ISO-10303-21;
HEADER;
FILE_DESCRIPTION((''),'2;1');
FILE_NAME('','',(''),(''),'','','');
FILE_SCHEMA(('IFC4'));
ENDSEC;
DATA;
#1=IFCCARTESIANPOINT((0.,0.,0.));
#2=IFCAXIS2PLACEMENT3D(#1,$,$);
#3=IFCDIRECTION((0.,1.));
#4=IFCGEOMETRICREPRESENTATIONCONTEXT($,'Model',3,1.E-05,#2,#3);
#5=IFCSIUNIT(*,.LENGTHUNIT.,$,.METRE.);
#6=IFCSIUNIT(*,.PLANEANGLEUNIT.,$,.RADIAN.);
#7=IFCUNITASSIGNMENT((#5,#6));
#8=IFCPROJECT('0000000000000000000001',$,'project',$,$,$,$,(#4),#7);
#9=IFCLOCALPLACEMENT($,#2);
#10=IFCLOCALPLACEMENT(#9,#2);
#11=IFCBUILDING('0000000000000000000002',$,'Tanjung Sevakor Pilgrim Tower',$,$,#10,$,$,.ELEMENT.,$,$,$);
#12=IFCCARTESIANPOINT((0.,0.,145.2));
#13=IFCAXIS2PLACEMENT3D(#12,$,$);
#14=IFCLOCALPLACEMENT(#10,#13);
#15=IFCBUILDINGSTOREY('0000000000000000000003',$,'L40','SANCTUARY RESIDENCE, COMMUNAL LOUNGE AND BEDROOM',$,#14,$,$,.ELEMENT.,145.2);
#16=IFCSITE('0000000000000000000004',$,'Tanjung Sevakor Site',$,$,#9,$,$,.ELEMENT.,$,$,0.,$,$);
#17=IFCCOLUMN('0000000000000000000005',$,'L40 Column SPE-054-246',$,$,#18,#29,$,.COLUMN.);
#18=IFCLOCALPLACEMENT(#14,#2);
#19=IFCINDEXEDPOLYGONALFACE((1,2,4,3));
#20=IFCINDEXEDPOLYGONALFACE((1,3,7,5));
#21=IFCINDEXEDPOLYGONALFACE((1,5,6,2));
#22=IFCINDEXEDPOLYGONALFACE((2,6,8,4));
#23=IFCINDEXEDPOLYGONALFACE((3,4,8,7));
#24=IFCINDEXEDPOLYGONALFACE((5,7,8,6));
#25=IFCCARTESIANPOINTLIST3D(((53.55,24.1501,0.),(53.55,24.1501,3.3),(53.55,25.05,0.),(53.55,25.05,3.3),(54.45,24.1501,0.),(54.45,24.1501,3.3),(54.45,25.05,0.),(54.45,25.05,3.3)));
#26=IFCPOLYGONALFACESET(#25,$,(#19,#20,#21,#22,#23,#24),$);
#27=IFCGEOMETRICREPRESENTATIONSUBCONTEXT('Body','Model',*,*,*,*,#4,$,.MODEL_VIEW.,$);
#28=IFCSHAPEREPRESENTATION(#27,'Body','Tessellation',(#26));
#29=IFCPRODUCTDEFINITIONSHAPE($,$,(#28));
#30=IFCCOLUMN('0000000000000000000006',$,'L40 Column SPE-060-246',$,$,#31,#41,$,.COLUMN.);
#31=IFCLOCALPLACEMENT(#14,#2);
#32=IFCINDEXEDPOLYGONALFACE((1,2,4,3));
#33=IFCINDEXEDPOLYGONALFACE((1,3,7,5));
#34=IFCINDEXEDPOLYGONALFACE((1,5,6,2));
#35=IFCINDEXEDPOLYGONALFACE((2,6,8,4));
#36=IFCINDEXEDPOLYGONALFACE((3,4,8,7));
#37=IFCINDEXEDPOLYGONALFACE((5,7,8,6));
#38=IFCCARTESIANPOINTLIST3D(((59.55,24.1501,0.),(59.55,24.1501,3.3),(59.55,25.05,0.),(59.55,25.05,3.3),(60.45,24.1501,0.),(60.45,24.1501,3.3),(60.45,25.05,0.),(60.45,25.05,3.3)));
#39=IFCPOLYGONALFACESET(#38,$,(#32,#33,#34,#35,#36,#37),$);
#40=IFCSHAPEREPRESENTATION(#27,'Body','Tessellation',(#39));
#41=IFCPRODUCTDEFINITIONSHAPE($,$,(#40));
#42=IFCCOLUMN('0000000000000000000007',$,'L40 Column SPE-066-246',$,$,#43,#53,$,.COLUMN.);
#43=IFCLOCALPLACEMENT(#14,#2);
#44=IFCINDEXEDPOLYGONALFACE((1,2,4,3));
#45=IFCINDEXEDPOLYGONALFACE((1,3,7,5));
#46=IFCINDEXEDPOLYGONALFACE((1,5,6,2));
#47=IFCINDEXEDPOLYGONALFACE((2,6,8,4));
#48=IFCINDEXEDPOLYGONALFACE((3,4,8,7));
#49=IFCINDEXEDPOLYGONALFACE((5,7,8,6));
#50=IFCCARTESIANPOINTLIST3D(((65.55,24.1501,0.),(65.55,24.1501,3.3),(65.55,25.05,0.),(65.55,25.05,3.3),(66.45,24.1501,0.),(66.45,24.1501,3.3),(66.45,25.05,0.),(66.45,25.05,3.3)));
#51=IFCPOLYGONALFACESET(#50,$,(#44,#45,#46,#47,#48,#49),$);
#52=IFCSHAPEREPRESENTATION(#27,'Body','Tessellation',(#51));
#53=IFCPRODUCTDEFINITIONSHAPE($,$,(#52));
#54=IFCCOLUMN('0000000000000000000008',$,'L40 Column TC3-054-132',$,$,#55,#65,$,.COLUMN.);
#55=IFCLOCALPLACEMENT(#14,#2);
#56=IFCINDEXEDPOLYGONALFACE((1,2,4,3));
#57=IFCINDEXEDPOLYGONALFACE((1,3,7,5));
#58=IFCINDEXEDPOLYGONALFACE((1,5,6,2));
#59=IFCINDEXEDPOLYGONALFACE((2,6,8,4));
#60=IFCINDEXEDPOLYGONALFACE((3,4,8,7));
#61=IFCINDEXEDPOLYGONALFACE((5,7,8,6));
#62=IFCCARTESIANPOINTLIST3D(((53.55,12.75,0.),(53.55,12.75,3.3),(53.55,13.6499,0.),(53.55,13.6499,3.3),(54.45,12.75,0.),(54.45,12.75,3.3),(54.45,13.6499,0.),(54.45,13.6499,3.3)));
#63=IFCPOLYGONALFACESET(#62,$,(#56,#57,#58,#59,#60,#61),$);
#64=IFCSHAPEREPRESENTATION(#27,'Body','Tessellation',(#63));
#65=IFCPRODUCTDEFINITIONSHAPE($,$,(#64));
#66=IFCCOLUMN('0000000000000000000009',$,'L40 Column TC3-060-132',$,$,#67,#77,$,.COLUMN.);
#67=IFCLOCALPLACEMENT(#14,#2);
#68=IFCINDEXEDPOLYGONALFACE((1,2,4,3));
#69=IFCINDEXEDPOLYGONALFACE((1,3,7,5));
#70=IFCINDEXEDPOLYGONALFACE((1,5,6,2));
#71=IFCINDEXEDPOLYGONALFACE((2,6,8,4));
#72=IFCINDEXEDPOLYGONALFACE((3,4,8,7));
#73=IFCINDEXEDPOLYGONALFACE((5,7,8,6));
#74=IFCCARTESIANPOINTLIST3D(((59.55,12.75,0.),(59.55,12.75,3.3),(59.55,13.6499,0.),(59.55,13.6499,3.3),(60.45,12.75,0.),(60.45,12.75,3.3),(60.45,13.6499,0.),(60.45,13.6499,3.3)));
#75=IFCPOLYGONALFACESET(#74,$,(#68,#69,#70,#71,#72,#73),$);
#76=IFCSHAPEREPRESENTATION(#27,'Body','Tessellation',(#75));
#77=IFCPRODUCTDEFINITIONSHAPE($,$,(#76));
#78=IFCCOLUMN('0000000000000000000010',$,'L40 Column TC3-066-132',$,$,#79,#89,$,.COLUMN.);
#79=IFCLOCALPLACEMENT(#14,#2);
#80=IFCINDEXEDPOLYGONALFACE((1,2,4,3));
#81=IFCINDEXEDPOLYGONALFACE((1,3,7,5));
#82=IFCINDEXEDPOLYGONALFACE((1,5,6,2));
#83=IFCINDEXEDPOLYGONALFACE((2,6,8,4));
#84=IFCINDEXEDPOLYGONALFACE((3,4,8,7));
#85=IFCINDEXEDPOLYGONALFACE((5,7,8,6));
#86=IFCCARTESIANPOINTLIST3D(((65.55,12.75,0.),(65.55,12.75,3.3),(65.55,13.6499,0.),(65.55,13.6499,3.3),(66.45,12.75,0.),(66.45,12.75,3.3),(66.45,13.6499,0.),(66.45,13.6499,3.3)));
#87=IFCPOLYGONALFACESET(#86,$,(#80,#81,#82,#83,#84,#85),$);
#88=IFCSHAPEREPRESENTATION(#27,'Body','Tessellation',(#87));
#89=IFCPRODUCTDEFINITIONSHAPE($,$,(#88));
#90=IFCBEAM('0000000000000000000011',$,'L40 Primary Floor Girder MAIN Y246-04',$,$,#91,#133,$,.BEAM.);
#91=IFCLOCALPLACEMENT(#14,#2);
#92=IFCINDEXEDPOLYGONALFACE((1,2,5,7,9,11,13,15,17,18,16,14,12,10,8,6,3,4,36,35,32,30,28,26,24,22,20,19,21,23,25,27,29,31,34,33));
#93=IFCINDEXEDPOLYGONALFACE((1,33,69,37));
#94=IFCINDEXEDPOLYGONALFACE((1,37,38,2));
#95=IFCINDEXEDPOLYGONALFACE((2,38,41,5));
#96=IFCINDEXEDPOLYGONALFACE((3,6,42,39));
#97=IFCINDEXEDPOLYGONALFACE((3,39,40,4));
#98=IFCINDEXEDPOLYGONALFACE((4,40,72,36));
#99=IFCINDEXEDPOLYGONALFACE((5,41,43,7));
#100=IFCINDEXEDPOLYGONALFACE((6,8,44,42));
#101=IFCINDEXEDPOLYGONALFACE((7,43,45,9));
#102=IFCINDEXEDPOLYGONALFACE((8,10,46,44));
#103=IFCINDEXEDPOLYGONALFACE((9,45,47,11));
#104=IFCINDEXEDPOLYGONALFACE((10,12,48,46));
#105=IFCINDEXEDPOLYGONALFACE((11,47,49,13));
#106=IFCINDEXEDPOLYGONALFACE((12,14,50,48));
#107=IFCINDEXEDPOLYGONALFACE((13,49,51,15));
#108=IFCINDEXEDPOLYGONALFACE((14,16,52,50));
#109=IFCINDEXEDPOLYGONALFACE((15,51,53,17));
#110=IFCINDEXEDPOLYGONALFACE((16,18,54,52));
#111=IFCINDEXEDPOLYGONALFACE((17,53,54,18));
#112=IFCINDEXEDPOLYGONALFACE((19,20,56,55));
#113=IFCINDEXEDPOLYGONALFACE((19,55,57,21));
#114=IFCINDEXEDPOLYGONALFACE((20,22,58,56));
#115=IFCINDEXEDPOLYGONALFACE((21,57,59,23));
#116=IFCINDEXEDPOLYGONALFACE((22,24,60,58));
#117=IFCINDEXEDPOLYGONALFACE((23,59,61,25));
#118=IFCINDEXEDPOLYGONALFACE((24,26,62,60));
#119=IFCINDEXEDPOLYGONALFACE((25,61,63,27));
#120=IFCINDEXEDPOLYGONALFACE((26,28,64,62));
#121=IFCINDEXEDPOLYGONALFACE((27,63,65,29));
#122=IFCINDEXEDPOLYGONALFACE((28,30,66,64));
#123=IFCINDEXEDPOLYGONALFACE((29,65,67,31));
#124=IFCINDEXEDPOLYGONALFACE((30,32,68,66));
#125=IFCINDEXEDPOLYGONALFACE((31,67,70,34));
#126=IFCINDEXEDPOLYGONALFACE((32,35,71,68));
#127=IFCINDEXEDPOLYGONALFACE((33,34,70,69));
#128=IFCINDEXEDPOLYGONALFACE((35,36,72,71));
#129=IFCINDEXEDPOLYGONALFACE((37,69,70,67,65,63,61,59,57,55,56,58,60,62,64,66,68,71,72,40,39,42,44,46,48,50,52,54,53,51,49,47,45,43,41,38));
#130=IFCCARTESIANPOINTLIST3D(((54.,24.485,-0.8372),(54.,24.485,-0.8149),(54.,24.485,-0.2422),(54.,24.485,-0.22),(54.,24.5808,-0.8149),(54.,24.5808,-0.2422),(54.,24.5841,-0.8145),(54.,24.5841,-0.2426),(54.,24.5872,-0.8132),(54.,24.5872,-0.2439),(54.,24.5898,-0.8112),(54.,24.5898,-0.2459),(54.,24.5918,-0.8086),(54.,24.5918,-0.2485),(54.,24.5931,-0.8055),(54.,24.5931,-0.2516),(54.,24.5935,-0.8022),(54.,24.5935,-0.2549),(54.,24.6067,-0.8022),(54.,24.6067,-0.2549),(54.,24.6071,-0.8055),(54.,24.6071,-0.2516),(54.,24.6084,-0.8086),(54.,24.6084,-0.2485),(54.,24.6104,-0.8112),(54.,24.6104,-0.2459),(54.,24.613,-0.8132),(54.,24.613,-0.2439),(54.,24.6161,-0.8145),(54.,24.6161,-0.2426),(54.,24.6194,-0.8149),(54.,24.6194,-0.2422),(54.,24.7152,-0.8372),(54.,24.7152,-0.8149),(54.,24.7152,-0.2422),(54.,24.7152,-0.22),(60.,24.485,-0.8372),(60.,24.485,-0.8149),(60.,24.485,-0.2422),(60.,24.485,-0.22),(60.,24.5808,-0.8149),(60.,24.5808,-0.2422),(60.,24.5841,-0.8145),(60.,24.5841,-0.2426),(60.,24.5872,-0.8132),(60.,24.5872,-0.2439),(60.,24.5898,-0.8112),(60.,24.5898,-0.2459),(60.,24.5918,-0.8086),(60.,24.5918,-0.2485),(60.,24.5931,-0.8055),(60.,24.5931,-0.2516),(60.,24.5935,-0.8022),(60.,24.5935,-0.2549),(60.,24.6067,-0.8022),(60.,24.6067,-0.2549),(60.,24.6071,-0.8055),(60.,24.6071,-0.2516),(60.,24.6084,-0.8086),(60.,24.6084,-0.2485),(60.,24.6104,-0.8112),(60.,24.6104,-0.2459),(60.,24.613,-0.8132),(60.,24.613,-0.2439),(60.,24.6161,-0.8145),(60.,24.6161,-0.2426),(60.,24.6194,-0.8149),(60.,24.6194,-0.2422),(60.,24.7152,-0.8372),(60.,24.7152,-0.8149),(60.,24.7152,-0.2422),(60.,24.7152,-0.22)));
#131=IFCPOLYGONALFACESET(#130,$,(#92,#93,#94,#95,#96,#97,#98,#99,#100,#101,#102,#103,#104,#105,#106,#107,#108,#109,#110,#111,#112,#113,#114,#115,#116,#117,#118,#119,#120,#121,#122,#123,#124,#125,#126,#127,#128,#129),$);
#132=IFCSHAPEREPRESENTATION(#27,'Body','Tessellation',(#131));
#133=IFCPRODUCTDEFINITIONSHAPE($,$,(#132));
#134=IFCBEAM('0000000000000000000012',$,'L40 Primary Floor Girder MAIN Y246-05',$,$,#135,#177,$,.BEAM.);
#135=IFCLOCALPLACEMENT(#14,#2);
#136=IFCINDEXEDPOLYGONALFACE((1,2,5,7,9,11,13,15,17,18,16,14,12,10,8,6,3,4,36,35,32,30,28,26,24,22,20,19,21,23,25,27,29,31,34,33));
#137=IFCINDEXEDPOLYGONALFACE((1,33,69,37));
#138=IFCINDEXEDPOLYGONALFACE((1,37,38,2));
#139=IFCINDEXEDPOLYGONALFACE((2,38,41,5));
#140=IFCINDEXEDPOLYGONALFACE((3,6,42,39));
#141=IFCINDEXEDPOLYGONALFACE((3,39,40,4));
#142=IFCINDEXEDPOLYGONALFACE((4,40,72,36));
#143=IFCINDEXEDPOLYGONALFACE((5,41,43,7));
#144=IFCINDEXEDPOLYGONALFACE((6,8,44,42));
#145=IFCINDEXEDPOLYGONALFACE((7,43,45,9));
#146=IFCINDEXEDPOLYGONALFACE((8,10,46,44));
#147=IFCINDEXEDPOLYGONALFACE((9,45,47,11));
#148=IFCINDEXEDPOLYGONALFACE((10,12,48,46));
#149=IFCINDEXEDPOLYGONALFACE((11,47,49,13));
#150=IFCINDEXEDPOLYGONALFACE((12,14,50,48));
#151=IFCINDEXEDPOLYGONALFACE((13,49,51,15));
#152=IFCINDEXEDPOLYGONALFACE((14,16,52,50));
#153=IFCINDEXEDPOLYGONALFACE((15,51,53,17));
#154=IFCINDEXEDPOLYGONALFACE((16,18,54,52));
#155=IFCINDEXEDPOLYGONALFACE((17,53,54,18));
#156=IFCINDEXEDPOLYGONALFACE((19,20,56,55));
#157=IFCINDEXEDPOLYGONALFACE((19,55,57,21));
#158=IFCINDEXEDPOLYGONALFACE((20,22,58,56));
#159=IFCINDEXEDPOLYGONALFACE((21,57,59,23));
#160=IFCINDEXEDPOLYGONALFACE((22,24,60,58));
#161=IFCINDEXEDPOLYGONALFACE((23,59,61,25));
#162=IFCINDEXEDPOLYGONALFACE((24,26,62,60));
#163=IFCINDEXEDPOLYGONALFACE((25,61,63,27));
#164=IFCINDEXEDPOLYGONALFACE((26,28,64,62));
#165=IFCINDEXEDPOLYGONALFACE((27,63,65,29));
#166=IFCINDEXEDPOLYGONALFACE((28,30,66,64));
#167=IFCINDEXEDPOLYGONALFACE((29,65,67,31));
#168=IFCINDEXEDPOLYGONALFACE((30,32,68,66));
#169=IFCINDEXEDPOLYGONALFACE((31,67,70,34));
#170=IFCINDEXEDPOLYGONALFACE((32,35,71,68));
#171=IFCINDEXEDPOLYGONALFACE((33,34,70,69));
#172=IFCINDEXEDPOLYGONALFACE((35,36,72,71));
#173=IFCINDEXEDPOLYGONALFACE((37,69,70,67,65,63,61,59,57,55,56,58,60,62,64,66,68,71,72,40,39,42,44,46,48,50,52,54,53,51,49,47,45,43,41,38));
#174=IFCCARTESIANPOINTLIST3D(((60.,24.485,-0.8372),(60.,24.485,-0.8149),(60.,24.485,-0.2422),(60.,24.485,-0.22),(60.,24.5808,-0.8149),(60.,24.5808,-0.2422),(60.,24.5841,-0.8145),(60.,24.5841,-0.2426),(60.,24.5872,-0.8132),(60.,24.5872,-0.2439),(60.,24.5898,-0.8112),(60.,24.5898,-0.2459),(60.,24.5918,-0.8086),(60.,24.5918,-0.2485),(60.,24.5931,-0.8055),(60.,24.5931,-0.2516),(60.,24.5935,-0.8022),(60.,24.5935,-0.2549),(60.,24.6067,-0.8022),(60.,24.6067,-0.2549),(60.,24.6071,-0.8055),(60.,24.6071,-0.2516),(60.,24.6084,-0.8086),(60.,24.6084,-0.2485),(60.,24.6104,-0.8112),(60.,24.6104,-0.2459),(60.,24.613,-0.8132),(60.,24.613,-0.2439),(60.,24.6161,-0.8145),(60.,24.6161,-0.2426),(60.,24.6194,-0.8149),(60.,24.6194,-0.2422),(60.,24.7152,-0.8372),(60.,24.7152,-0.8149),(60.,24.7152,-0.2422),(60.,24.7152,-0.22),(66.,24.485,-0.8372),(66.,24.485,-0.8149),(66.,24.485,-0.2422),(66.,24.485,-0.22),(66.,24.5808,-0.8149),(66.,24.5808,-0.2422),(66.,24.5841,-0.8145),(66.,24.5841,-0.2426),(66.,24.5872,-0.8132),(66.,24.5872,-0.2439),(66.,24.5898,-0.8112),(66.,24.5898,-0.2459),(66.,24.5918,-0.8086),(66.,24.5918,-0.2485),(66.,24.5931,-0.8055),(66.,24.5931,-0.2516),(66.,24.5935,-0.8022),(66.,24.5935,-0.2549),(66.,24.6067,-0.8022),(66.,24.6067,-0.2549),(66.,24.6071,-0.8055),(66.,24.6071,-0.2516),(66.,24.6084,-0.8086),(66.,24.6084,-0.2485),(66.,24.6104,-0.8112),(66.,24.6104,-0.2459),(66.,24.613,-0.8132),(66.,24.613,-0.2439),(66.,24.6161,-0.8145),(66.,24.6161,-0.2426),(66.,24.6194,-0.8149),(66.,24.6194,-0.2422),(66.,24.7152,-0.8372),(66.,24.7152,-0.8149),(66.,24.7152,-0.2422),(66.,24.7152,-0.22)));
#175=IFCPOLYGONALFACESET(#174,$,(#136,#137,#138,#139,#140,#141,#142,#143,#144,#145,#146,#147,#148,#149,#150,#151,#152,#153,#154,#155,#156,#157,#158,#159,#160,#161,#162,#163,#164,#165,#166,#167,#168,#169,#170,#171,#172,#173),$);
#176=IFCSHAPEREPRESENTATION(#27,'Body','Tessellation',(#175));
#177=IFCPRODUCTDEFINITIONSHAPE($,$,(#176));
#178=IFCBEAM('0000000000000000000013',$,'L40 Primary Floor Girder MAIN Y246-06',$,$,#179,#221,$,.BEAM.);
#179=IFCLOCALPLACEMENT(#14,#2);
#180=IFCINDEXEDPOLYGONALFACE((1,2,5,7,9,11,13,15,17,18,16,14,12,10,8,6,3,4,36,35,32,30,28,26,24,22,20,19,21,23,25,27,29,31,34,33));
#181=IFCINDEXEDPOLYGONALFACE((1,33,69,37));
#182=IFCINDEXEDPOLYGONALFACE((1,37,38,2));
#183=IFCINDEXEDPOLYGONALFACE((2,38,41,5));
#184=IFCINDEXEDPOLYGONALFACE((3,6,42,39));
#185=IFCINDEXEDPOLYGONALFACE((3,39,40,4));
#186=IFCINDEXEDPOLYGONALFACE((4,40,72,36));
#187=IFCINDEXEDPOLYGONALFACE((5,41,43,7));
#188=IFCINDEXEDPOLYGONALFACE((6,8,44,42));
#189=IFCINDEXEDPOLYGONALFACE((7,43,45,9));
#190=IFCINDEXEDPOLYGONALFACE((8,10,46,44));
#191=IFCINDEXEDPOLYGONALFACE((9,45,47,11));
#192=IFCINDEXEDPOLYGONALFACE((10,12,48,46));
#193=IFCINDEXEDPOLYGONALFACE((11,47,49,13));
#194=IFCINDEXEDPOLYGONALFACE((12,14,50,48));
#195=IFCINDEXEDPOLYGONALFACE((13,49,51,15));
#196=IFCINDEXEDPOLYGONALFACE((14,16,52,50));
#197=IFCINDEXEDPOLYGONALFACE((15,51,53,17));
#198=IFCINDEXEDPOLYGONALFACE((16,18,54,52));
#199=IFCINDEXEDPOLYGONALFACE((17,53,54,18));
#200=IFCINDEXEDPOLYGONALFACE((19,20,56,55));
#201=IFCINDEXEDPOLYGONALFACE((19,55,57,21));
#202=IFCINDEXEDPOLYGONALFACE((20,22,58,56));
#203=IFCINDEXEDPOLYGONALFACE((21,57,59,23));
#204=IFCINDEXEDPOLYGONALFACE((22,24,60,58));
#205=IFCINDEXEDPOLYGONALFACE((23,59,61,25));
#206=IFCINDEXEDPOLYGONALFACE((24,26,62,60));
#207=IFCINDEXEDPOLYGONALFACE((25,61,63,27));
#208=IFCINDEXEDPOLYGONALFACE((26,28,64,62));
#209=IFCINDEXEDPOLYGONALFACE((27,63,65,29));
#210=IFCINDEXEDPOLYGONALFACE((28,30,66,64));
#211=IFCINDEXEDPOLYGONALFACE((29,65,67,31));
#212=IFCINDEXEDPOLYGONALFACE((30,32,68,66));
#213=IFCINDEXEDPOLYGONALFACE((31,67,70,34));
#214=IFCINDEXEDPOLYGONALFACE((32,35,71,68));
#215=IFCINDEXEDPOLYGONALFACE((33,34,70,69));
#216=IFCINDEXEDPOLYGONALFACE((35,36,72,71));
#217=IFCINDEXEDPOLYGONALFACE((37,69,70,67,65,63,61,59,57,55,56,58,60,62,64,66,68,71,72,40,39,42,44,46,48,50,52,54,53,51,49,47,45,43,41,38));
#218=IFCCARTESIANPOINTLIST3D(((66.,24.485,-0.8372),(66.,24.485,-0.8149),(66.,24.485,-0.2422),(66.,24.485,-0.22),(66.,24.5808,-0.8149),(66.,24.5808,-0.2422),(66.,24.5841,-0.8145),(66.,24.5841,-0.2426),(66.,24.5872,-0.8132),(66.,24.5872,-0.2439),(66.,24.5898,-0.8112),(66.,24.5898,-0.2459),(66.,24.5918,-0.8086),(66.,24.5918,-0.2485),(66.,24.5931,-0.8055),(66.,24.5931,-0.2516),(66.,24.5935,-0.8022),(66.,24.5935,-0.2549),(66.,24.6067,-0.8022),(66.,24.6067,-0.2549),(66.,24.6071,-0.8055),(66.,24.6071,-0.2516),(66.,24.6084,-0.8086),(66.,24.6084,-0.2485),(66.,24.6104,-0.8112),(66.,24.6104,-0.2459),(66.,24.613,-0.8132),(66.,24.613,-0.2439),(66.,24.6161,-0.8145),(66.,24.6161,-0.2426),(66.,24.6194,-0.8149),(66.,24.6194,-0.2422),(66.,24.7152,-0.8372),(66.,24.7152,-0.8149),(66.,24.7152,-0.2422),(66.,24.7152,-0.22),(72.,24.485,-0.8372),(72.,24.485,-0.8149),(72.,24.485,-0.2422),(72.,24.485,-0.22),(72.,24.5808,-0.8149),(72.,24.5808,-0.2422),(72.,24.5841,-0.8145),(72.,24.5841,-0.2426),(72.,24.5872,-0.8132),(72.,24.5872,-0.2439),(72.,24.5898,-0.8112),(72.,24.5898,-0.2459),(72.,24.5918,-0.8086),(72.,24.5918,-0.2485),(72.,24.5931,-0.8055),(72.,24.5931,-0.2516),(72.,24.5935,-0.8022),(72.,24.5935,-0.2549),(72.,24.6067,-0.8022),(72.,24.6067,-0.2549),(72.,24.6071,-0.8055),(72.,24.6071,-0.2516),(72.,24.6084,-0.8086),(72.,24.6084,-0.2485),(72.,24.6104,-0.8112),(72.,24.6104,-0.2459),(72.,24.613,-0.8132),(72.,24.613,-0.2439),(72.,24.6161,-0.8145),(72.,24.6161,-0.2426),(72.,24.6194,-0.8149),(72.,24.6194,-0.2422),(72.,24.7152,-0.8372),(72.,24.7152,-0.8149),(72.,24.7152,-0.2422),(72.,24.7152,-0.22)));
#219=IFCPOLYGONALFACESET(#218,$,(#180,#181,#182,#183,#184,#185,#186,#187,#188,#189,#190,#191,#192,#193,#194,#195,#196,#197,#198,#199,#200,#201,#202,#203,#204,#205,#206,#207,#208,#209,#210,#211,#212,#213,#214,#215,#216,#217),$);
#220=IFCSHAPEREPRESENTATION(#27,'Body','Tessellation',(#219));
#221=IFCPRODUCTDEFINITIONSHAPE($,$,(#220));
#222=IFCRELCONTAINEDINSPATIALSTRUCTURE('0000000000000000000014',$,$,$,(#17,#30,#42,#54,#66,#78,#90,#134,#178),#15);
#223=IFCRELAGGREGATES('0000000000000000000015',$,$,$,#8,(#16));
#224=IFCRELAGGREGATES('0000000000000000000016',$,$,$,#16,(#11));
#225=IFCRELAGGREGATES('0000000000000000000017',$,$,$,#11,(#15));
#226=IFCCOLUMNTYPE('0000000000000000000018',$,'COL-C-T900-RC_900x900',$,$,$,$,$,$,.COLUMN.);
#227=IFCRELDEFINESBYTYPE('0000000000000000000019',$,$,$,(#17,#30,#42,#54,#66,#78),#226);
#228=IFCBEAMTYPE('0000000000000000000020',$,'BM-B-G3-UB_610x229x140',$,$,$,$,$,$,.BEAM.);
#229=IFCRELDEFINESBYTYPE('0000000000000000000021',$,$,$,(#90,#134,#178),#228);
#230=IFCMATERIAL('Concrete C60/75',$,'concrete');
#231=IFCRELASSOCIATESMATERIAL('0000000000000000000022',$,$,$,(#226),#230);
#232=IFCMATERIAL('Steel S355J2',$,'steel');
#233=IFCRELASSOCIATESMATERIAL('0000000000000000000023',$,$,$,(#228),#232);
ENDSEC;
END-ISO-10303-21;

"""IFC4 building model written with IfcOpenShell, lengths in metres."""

from ifc_helpers import new_model, si_unit, direction, frame, origin, origin_2d, place, context, subcontext, project, spatial, rectangle, i_section, extrude, material, material_profile, profile_set, type_object, element, save


model = new_model("IFC4")

# Units and contexts
model_context = context("Model", 3, precision=1e-05, world=origin(), true_north=direction((0.0, 1.0)))
body_context = subcontext(model_context, "Body", "Model", "MODEL_VIEW")
ifc_project = project(units=[si_unit("LENGTHUNIT", "METRE"), si_unit("PLANEANGLEUNIT", "RADIAN")], contexts=[model_context])

# Site, building, storey
site_placement = place(None, origin())
site = spatial("IfcSite", under=ifc_project, at=site_placement, Name="Tanjung Sevakor Site", CompositionType="ELEMENT", RefElevation=0.0)
building_placement = place(site_placement, origin())
building = spatial("IfcBuilding", under=site, at=building_placement, Name="Tanjung Sevakor Pilgrim Tower", CompositionType="ELEMENT")
storey_placement = place(building_placement, frame((0.0, 0.0, 145.2)))
storey = spatial("IfcBuildingStorey", under=building, at=storey_placement, Name="L40", Description="SANCTUARY RESIDENCE, COMMUNAL LOUNGE AND BEDROOM", CompositionType="ELEMENT", Elevation=145.2)

# Columns
ifc_material_1 = material(Name="Concrete C60/75", Category="concrete")
ifc_material_profile_1 = material_profile(ifc_material_1, rectangle(XDim=0.8999, YDim=0.8999, at=origin_2d()))
ifc_profile_set_1 = profile_set([ifc_material_profile_1], Name="Concrete C60/75")
column_type = type_object("IfcColumnType", Name="COL-C-T900-RC_900x900", PredefinedType="COLUMN", material=ifc_profile_set_1)
for number, where, z_axis, x_axis, name in (
    (1, (54.0, 24.6001, 0.0), (0.0, 0.0, 1.0), (1.0, 0.0, 0.0), "L40 Column SPE-054-246"),
    (2, (60.0, 24.6001, 0.0), (0.0, 0.0, 1.0), (1.0, 0.0, 0.0), "L40 Column SPE-060-246"),
    (3, (66.0, 24.6001, 0.0), (0.0, 0.0, 1.0), (1.0, 0.0, 0.0), "L40 Column SPE-066-246"),
    (4, (54.0, 13.2, 0.0), (0.0, 0.0, 1.0), (1.0, 0.0, 0.0), "L40 Column TC3-054-132"),
    (5, (60.0, 13.2, 0.0), (0.0, 0.0, 1.0), (1.0, 0.0, 0.0), "L40 Column TC3-060-132"),
    (6, (66.0, 13.2, 0.0), (0.0, 0.0, 1.0), (1.0, 0.0, 0.0), "L40 Column TC3-066-132"),
):
    element("IfcColumn", number, at=place(storey_placement, frame(where, z_axis=z_axis, x_axis=x_axis)), inside=storey, type_object=column_type, Name=name, PredefinedType="COLUMN", context=body_context, shape_type="SweptSolid", body=[
        extrude(rectangle(XDim=0.8999, YDim=0.8999, at=origin_2d()), origin(), (0.0, 0.0, 1.0), 3.3),
    ])

# Beams
ifc_material_2 = material(Name="Steel S355J2", Category="steel")
ifc_material_profile_2 = material_profile(ifc_material_2, i_section(OverallWidth=0.2302, OverallDepth=0.6172, WebThickness=0.0132, FlangeThickness=0.0222, FilletRadius=0.0127, at=origin_2d()))
ifc_profile_set_2 = profile_set([ifc_material_profile_2], Name="Steel S355J2")
beam_type_1 = type_object("IfcBeamType", Name="BM-B-G3-UB_610x229x140", PredefinedType="BEAM", material=ifc_profile_set_2)
for number, where, z_axis, x_axis, name in (
    (7, (54.0, 24.6001, -0.5286), (1.0, 0.0, 0.0), (0.0, 1.0, 0.0), "L40 Primary Floor Girder MAIN Y246-04"),
    (8, (60.0, 24.6001, -0.5286), (1.0, 0.0, 0.0), (0.0, 1.0, 0.0), "L40 Primary Floor Girder MAIN Y246-05"),
    (9, (66.0, 24.6001, -0.5286), (1.0, 0.0, 0.0), (0.0, 1.0, 0.0), "L40 Primary Floor Girder MAIN Y246-06"),
):
    element("IfcBeam", number, at=place(storey_placement, frame(where, z_axis=z_axis, x_axis=x_axis)), inside=storey, type_object=beam_type_1, Name=name, PredefinedType="BEAM", context=body_context, shape_type="SweptSolid", body=[
        extrude(i_section(OverallWidth=0.2302, OverallDepth=0.6172, WebThickness=0.0132, FlangeThickness=0.0222, FilletRadius=0.0127, at=origin_2d()), origin(), (0.0, 0.0, 1.0), 6.0),
    ])

save(model, "model.ifc")
